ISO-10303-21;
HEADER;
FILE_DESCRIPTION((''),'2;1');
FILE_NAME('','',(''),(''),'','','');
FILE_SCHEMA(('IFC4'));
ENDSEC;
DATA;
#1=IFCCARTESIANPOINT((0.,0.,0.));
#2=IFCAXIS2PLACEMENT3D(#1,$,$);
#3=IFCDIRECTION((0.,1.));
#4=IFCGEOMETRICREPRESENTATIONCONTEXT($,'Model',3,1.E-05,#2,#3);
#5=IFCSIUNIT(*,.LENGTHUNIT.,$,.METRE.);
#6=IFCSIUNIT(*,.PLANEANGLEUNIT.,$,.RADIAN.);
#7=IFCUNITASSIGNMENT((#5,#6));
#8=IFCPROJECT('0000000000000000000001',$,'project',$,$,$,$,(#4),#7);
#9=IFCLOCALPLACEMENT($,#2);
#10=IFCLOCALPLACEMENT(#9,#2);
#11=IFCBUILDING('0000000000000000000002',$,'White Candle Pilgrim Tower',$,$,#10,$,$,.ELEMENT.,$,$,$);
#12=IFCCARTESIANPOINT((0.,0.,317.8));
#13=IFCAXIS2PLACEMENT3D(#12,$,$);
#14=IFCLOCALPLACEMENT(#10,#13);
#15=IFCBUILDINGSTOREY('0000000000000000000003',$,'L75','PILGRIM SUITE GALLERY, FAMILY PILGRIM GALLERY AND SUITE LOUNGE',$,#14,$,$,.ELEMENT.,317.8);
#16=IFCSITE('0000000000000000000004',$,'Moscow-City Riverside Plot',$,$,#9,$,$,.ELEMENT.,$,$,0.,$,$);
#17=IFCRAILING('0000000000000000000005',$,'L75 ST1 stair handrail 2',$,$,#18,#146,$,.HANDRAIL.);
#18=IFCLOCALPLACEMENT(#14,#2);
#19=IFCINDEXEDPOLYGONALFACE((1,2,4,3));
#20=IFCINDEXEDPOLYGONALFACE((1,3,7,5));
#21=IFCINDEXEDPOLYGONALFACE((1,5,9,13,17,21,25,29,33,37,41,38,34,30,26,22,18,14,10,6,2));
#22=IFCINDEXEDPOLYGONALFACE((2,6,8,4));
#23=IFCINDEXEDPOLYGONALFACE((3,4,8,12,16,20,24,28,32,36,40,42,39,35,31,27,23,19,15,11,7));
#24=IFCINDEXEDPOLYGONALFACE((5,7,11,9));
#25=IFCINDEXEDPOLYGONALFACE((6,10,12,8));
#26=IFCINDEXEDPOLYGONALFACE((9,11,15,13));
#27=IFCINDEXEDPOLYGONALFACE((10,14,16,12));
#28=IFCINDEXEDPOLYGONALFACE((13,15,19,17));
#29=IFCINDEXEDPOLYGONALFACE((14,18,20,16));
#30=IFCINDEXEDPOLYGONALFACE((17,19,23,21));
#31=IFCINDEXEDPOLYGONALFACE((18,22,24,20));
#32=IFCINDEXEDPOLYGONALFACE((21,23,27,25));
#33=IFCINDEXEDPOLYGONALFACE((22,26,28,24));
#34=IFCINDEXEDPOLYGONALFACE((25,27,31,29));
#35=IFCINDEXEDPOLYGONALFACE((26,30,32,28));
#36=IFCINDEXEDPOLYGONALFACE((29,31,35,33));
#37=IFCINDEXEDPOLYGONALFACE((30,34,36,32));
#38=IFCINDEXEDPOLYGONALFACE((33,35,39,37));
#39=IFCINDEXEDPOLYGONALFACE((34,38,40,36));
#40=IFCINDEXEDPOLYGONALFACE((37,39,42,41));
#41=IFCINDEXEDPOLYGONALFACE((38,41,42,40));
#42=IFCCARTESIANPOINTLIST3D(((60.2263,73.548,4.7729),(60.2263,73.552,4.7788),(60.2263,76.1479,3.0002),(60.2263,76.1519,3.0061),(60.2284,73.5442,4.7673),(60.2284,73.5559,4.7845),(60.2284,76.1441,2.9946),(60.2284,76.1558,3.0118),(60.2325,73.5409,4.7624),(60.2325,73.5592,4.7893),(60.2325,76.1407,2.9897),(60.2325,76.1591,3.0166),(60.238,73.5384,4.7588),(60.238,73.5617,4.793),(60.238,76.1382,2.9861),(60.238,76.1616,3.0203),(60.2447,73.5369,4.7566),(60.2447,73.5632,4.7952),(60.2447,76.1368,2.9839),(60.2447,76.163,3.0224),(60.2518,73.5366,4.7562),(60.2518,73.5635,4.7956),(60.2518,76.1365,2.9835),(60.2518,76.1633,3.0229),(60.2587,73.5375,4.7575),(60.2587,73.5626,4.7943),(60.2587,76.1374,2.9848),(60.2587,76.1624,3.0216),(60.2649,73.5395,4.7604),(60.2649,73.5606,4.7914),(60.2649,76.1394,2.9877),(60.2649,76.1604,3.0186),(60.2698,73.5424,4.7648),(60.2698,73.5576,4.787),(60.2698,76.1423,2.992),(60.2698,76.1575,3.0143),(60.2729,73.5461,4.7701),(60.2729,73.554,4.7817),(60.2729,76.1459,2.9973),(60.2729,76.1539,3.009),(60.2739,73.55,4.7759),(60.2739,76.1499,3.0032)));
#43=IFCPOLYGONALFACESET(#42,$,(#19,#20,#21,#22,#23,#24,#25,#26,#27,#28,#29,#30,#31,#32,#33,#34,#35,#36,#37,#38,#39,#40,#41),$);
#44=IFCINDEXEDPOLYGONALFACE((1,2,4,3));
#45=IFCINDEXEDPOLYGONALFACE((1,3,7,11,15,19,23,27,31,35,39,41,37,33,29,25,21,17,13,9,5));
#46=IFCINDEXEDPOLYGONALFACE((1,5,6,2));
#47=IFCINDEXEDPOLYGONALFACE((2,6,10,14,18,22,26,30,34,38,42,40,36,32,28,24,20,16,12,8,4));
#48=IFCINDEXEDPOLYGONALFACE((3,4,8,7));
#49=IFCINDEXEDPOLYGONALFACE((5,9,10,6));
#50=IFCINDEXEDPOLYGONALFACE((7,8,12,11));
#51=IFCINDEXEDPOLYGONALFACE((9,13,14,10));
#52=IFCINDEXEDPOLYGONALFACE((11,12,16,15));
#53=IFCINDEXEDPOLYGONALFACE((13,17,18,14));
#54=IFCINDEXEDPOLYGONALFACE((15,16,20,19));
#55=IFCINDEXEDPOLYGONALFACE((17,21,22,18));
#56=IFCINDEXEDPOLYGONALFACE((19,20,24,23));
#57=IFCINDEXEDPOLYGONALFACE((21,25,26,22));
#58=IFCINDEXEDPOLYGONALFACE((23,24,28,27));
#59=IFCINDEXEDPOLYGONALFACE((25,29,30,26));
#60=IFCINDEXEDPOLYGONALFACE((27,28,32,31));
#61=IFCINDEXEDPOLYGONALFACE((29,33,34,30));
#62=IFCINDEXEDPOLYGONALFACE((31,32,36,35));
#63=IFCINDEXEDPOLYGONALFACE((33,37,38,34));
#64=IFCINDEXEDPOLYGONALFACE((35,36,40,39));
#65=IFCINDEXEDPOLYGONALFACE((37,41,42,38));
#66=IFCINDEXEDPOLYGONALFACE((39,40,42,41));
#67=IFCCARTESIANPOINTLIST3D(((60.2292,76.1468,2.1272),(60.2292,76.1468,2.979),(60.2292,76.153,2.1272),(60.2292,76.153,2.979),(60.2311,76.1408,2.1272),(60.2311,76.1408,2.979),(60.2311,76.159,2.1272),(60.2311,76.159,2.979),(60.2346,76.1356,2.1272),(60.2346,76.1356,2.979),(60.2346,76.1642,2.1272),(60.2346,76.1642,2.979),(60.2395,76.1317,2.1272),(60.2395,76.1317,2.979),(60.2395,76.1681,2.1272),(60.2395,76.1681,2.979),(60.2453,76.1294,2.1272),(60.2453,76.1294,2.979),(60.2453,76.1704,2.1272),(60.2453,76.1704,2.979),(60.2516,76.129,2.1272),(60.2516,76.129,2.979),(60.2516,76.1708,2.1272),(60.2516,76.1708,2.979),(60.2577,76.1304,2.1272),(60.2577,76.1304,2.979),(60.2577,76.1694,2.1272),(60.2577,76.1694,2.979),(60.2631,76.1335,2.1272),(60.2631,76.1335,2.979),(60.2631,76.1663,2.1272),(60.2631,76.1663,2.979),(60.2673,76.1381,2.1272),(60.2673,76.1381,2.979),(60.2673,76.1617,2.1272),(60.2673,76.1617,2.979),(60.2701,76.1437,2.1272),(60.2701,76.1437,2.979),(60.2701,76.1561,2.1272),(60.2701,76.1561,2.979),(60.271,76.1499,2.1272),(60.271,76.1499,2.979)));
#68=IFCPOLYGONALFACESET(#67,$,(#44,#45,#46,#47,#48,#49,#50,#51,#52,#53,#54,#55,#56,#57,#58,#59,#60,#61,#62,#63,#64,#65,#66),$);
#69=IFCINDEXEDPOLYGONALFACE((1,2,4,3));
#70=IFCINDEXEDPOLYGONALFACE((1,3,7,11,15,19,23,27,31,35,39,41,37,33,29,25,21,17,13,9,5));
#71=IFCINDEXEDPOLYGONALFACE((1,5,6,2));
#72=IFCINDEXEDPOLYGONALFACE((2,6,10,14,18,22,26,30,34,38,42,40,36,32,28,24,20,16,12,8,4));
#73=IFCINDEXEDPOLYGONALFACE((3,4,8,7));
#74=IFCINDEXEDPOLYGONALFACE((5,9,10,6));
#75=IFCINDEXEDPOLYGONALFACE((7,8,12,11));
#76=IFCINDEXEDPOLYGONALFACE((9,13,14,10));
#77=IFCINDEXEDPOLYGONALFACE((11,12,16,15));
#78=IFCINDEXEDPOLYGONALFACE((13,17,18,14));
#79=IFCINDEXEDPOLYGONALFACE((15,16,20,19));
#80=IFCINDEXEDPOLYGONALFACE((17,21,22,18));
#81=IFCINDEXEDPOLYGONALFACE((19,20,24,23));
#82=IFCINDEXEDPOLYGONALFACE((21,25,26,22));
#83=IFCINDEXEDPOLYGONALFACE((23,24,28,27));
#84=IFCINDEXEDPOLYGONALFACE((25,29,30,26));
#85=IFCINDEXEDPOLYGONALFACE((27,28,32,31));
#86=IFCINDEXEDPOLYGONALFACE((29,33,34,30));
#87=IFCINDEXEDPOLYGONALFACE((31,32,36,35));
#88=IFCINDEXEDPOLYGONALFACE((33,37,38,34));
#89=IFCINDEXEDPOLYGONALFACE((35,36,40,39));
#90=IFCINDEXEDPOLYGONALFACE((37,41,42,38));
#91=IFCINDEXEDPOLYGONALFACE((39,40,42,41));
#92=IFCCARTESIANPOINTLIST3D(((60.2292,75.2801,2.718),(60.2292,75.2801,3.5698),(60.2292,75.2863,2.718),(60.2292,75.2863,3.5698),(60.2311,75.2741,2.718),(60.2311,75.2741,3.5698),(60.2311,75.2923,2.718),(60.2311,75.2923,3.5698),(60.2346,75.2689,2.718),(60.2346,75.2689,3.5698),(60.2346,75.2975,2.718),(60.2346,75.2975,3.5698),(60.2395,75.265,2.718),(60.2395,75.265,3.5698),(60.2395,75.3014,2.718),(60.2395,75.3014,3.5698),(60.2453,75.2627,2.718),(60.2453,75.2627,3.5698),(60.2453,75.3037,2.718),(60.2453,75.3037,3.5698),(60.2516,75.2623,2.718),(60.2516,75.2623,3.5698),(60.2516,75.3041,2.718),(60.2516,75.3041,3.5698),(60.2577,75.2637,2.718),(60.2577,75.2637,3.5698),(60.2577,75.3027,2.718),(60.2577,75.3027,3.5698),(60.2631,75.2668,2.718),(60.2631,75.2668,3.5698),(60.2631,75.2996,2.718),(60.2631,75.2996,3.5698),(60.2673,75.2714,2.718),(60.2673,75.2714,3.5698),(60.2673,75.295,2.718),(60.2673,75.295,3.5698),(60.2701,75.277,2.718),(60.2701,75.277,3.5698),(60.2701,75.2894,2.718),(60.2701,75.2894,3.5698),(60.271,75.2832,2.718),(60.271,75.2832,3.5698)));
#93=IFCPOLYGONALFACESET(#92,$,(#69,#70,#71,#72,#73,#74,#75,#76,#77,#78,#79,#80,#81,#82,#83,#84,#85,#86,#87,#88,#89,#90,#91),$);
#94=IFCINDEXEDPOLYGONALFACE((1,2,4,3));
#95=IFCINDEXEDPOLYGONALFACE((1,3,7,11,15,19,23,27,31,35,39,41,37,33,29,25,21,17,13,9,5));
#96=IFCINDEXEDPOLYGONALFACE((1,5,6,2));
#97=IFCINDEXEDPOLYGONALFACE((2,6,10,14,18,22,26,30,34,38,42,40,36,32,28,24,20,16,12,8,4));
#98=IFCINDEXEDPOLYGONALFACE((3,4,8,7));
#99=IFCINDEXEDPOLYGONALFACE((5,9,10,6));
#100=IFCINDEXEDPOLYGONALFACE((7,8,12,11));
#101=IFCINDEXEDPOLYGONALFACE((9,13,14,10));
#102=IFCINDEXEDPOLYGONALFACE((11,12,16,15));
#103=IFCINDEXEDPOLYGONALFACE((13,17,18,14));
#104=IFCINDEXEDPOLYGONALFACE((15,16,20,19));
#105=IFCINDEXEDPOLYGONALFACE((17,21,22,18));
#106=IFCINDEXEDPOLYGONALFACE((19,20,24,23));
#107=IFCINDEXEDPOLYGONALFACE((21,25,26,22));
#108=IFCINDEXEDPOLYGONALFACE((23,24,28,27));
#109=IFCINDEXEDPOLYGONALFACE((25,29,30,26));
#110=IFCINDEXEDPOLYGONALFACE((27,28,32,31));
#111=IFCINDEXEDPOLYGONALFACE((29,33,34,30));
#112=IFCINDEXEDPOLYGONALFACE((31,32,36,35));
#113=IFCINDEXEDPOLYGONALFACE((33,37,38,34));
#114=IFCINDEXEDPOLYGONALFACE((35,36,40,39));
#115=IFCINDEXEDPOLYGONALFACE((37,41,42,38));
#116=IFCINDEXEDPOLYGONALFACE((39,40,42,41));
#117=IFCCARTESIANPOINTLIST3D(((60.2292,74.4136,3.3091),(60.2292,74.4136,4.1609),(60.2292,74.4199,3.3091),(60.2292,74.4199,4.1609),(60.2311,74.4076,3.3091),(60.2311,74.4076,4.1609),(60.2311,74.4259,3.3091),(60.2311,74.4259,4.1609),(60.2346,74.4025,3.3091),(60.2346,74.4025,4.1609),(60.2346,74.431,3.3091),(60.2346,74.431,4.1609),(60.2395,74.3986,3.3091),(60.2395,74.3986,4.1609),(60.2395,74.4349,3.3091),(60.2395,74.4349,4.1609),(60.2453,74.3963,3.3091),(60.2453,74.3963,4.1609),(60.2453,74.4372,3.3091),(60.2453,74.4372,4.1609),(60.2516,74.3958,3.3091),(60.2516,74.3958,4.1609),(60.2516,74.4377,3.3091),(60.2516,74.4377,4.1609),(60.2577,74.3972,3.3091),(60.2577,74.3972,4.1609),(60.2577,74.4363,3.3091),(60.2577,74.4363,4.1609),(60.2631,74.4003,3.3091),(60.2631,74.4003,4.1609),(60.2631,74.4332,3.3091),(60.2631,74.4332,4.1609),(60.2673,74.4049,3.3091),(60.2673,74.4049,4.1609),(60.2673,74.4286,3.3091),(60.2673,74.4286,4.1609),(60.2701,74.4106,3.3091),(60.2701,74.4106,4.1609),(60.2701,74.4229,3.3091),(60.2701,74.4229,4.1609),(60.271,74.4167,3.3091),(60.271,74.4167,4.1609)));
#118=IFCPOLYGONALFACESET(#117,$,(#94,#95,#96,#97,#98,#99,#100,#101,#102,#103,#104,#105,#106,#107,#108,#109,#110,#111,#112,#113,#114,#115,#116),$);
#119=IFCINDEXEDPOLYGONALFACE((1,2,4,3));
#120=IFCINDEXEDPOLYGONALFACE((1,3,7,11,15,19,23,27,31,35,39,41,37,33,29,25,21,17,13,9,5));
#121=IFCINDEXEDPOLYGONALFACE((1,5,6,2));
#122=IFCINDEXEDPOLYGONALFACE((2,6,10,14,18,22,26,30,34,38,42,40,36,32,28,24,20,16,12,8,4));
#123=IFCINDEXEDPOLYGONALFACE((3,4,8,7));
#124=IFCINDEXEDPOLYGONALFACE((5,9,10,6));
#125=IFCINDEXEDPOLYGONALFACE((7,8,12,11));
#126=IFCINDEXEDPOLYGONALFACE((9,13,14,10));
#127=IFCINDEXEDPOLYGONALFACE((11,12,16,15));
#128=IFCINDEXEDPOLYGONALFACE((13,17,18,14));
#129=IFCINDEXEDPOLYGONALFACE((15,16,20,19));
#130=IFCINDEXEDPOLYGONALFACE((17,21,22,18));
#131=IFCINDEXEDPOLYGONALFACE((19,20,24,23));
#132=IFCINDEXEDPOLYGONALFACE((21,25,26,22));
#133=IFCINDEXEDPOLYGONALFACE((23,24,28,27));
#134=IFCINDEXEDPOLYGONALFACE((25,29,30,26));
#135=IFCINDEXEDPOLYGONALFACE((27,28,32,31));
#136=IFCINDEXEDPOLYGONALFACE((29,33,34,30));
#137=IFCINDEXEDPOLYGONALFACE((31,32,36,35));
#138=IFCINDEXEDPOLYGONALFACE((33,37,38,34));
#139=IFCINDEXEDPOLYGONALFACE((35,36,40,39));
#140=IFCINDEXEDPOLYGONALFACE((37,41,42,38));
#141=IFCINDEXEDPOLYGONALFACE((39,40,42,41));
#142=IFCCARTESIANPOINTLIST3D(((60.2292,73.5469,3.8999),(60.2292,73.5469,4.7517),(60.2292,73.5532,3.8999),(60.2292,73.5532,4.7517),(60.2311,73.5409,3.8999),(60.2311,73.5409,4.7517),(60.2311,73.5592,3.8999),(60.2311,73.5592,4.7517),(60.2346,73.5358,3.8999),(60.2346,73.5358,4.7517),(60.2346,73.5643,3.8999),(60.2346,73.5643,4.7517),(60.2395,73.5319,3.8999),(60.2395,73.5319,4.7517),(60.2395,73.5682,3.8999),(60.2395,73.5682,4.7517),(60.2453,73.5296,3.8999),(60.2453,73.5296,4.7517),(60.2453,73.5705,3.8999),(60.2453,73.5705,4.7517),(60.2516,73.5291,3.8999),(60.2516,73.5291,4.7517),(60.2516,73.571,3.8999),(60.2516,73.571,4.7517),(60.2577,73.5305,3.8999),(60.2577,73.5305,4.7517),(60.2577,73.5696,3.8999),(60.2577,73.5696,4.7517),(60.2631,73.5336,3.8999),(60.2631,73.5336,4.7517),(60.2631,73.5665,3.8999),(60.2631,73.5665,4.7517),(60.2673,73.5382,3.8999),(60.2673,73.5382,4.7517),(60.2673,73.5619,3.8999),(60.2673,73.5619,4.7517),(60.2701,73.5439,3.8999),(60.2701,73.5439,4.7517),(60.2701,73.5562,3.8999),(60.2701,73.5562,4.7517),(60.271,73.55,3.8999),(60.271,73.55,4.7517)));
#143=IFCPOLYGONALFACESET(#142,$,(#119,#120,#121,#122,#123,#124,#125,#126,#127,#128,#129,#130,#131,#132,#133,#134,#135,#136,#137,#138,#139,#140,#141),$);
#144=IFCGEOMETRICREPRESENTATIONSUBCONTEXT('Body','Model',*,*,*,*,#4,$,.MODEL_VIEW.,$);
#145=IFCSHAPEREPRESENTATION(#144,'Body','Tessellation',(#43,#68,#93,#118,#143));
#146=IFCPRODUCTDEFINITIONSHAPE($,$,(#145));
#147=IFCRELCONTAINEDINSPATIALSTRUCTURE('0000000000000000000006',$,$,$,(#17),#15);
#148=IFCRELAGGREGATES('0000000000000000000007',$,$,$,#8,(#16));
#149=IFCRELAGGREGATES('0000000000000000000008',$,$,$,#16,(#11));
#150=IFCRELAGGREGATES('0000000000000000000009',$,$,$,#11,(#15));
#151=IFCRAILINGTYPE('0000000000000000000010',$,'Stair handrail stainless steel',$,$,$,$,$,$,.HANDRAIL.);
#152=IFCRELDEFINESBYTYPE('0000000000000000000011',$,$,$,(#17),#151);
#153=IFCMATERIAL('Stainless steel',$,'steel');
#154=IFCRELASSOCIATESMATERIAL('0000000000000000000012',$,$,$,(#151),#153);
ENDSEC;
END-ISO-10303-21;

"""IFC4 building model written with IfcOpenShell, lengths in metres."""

from ifc_helpers import new_model, si_unit, direction, frame, origin, origin_2d, place, context, subcontext, project, spatial, circle, extrude, material, type_object, element, save


model = new_model("IFC4")

# Units and contexts
model_context = context("Model", 3, precision=1e-05, world=origin(), true_north=direction((0.0, 1.0)))
body_context = subcontext(model_context, "Body", "Model", "MODEL_VIEW")
ifc_project = project(units=[si_unit("LENGTHUNIT", "METRE"), si_unit("PLANEANGLEUNIT", "RADIAN")], contexts=[model_context])

# Site, building, storey
site_placement = place(None, origin())
site = spatial("IfcSite", under=ifc_project, at=site_placement, Name="Moscow-City Riverside Plot", CompositionType="ELEMENT", RefElevation=0.0)
building_placement = place(site_placement, origin())
building = spatial("IfcBuilding", under=site, at=building_placement, Name="White Candle Pilgrim Tower", CompositionType="ELEMENT")
storey_placement = place(building_placement, frame((0.0, 0.0, 317.8)))
storey = spatial("IfcBuildingStorey", under=building, at=storey_placement, Name="L75", Description="PILGRIM SUITE GALLERY, FAMILY PILGRIM GALLERY AND SUITE LOUNGE", CompositionType="ELEMENT", Elevation=317.8)

# Shared definitions
ifc_material_1 = material(Name="Stainless steel", Category="steel")

# Railing
railing_type_1 = type_object("IfcRailingType", Name="Stair handrail stainless steel", PredefinedType="HANDRAIL", material=ifc_material_1)
railing_1_placement = place(storey_placement, frame((60.25, 76.1499, 2.1272)))
element("IfcRailing", 1, at=railing_1_placement, inside=storey, type_object=railing_type_1, Name="L75 ST1 stair handrail 2", PredefinedType="HANDRAIL", context=body_context, shape_type="SweptSolid", body=[
    extrude(circle(Radius=0.0239, at=origin_2d()), frame((0.0, 0.0, 0.876), z_axis=(0.0, -0.826216, 0.563354), x_axis=(1.0, 0.0, 0.0)), (0.0, 0.0, 1.0), 3.1467),
    extrude(circle(Radius=0.021, at=origin_2d()), origin(), (0.0, 0.0, 1.0), 0.8518),
    extrude(circle(Radius=0.021, at=origin_2d()), frame((0.0, -0.8667, 0.5908)), (0.0, 0.0, 1.0), 0.8518),
    extrude(circle(Radius=0.021, at=origin_2d()), frame((0.0, -1.7332, 1.1819)), (0.0, 0.0, 1.0), 0.8518),
    extrude(circle(Radius=0.021, at=origin_2d()), frame((0.0, -2.5999, 1.7727)), (0.0, 0.0, 1.0), 0.8518),
])

save(model, "model.ifc")
